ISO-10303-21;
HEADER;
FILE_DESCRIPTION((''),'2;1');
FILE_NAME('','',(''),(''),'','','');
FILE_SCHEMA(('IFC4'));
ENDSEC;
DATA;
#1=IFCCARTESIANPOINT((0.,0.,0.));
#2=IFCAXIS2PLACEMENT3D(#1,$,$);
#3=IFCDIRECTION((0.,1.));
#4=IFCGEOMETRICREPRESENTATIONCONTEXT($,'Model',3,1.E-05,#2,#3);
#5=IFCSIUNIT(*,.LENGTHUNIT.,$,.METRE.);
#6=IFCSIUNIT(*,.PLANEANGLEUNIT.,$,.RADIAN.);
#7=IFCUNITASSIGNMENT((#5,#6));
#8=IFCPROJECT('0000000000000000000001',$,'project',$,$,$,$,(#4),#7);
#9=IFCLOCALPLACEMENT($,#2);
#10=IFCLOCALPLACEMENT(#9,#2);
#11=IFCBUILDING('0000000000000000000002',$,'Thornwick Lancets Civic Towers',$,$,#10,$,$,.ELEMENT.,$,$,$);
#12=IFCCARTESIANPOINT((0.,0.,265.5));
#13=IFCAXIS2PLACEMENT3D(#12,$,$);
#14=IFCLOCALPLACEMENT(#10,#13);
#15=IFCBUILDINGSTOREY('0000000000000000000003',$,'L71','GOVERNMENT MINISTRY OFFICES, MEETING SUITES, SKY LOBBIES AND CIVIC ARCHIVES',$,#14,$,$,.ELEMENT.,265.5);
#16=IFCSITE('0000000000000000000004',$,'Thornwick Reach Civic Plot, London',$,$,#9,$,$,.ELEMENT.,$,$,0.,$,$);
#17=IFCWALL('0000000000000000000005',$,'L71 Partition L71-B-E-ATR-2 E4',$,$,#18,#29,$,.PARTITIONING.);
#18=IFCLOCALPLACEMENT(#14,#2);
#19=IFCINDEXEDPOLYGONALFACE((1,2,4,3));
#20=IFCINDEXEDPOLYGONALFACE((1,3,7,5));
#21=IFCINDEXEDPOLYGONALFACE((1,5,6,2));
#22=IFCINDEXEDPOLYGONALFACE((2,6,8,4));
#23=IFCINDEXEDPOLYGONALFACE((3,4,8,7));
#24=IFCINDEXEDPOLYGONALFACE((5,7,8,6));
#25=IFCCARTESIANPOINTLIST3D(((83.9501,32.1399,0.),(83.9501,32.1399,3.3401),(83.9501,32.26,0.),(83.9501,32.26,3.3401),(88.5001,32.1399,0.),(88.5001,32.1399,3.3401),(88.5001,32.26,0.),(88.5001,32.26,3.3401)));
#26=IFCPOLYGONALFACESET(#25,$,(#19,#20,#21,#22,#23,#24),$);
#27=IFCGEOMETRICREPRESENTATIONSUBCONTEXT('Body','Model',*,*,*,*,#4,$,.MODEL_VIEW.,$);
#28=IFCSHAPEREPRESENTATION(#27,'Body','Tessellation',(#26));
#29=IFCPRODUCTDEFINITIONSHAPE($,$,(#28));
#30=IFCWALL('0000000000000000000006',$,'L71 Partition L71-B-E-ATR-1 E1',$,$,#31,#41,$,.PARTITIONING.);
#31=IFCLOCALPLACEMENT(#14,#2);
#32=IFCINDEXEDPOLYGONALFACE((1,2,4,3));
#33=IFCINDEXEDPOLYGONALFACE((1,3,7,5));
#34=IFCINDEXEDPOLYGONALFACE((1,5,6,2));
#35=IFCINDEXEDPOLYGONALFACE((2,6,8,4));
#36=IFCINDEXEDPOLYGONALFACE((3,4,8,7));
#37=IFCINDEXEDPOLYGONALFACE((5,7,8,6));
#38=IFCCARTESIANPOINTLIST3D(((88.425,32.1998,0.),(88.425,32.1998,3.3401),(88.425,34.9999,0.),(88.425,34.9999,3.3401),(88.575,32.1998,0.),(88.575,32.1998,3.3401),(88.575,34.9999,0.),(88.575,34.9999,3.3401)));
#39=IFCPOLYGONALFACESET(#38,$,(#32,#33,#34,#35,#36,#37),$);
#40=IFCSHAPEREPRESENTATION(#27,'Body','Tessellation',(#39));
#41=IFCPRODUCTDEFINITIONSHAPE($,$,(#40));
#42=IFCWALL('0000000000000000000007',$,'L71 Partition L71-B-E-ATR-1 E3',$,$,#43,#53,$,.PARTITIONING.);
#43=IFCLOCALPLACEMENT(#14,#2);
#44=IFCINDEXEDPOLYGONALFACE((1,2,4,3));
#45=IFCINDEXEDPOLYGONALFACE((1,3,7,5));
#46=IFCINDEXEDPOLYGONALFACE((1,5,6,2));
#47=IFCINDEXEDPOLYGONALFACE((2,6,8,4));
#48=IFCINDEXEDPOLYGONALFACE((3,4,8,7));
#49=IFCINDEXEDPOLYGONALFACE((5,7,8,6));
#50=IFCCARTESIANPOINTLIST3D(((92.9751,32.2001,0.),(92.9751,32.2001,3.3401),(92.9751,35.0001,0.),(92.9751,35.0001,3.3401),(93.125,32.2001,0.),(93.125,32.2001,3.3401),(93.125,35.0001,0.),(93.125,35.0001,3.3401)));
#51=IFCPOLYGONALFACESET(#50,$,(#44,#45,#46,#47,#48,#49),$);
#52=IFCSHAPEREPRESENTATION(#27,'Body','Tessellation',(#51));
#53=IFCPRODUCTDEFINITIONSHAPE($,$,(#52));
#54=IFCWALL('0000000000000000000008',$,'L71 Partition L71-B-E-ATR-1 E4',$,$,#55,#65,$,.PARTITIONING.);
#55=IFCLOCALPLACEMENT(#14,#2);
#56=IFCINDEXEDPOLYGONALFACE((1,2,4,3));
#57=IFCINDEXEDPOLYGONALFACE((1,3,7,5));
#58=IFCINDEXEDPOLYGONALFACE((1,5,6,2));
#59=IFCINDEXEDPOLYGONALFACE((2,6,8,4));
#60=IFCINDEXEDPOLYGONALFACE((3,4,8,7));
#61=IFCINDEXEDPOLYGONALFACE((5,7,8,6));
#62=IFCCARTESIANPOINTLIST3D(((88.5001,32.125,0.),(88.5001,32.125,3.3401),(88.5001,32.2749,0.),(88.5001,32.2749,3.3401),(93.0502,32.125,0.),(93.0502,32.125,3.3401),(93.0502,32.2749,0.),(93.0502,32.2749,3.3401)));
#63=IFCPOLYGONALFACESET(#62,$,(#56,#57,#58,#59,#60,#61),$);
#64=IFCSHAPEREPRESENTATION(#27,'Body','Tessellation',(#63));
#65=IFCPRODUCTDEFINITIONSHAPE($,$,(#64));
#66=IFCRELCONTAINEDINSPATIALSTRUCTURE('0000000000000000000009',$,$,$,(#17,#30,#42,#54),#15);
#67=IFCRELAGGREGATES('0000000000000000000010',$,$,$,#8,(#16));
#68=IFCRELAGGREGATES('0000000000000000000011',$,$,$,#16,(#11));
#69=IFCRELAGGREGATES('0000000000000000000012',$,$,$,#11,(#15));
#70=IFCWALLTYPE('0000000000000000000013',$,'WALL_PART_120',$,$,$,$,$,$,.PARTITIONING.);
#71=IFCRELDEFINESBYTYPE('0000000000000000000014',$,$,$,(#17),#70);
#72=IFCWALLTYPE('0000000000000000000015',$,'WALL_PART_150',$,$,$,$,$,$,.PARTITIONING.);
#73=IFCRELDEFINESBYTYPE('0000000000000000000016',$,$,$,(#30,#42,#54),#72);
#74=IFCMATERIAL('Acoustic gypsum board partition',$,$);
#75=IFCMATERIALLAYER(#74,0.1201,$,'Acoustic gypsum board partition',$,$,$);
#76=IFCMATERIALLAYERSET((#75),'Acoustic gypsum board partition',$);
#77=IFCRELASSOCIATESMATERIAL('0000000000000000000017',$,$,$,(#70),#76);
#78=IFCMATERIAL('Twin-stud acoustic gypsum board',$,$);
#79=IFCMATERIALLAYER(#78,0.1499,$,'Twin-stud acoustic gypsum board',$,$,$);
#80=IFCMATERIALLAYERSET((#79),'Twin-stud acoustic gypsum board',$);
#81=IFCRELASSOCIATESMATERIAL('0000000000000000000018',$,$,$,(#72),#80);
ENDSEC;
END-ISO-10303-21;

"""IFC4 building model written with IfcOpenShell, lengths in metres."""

from ifc_helpers import new_model, si_unit, direction, frame, frame_2d, origin, place, context, subcontext, project, spatial, rectangle, extrude, material, layer, layer_set, type_object, element, save


model = new_model("IFC4")

# Units and contexts
model_context = context("Model", 3, precision=1e-05, world=origin(), true_north=direction((0.0, 1.0)))
body_context = subcontext(model_context, "Body", "Model", "MODEL_VIEW")
ifc_project = project(units=[si_unit("LENGTHUNIT", "METRE"), si_unit("PLANEANGLEUNIT", "RADIAN")], contexts=[model_context])

# Site, building, storey
site_placement = place(None, origin())
site = spatial("IfcSite", under=ifc_project, at=site_placement, Name="Thornwick Reach Civic Plot, London", CompositionType="ELEMENT", RefElevation=0.0)
building_placement = place(site_placement, origin())
building = spatial("IfcBuilding", under=site, at=building_placement, Name="Thornwick Lancets Civic Towers", CompositionType="ELEMENT")
storey_placement = place(building_placement, frame((0.0, 0.0, 265.5)))
storey = spatial("IfcBuildingStorey", under=building, at=storey_placement, Name="L71", Description="GOVERNMENT MINISTRY OFFICES, MEETING SUITES, SKY LOBBIES AND CIVIC ARCHIVES", CompositionType="ELEMENT", Elevation=265.5)

# Shared definitions
ifc_material_1 = material(Name="Acoustic gypsum board partition")
ifc_layer_1 = layer(ifc_material_1, 0.1201, Name="Acoustic gypsum board partition")
ifc_layer_set_1 = layer_set([ifc_layer_1], Name="Acoustic gypsum board partition")
wall_type_1 = type_object("IfcWallType", Name="WALL_PART_120", PredefinedType="PARTITIONING", material=ifc_layer_set_1)

# Walls
wall_1_placement = place(storey_placement, frame((88.5, 32.2, 0.0), z_axis=(0.0, 0.0, 1.0), x_axis=(-1.0, 0.0, 0.0)))
element("IfcWall", 1, at=wall_1_placement, inside=storey, type_object=wall_type_1, Name="L71 Partition L71-B-E-ATR-2 E4", PredefinedType="PARTITIONING", context=body_context, shape_type="SweptSolid", body=[
    extrude(rectangle(XDim=4.55, YDim=0.1201, at=frame_2d((2.2749, 0.0))), origin(), (0.0, 0.0, 1.0), 3.3401),
])
ifc_material_2 = material(Name="Twin-stud acoustic gypsum board")
ifc_layer_2 = layer(ifc_material_2, 0.1499, Name="Twin-stud acoustic gypsum board")
ifc_layer_set_2 = layer_set([ifc_layer_2], Name="Twin-stud acoustic gypsum board")
wall_type_2 = type_object("IfcWallType", Name="WALL_PART_150", PredefinedType="PARTITIONING", material=ifc_layer_set_2)
wall_2_placement = place(storey_placement, frame((88.5, 32.2, 0.0), z_axis=(0.0, 0.0, 1.0), x_axis=(0.0, 1.0, 0.0)))
element("IfcWall", 2, at=wall_2_placement, inside=storey, type_object=wall_type_2, Name="L71 Partition L71-B-E-ATR-1 E1", PredefinedType="PARTITIONING", context=body_context, shape_type="SweptSolid", body=[
    extrude(rectangle(XDim=2.8, YDim=0.1499, at=frame_2d((1.3999, 0.0))), origin(), (0.0, 0.0, 1.0), 3.3401),
])

# Walls
wall_3_placement = place(storey_placement, frame((93.05, 35.0, 0.0), z_axis=(0.0, 0.0, 1.0), x_axis=(0.0, -1.0, 0.0)))
element("IfcWall", 3, at=wall_3_placement, inside=storey, type_object=wall_type_2, Name="L71 Partition L71-B-E-ATR-1 E3", PredefinedType="PARTITIONING", context=body_context, shape_type="SweptSolid", body=[
    extrude(rectangle(XDim=2.8, YDim=0.1499, at=frame_2d((1.3999, 0.0))), origin(), (0.0, 0.0, 1.0), 3.3401),
])
wall_4_placement = place(storey_placement, frame((93.05, 32.2, 0.0), z_axis=(0.0, 0.0, 1.0), x_axis=(-1.0, 0.0, 0.0)))
element("IfcWall", 4, at=wall_4_placement, inside=storey, type_object=wall_type_2, Name="L71 Partition L71-B-E-ATR-1 E4", PredefinedType="PARTITIONING", context=body_context, shape_type="SweptSolid", body=[
    extrude(rectangle(XDim=4.55, YDim=0.1499, at=frame_2d((2.2749, 0.0))), origin(), (0.0, 0.0, 1.0), 3.3401),
])

save(model, "model.ifc")
